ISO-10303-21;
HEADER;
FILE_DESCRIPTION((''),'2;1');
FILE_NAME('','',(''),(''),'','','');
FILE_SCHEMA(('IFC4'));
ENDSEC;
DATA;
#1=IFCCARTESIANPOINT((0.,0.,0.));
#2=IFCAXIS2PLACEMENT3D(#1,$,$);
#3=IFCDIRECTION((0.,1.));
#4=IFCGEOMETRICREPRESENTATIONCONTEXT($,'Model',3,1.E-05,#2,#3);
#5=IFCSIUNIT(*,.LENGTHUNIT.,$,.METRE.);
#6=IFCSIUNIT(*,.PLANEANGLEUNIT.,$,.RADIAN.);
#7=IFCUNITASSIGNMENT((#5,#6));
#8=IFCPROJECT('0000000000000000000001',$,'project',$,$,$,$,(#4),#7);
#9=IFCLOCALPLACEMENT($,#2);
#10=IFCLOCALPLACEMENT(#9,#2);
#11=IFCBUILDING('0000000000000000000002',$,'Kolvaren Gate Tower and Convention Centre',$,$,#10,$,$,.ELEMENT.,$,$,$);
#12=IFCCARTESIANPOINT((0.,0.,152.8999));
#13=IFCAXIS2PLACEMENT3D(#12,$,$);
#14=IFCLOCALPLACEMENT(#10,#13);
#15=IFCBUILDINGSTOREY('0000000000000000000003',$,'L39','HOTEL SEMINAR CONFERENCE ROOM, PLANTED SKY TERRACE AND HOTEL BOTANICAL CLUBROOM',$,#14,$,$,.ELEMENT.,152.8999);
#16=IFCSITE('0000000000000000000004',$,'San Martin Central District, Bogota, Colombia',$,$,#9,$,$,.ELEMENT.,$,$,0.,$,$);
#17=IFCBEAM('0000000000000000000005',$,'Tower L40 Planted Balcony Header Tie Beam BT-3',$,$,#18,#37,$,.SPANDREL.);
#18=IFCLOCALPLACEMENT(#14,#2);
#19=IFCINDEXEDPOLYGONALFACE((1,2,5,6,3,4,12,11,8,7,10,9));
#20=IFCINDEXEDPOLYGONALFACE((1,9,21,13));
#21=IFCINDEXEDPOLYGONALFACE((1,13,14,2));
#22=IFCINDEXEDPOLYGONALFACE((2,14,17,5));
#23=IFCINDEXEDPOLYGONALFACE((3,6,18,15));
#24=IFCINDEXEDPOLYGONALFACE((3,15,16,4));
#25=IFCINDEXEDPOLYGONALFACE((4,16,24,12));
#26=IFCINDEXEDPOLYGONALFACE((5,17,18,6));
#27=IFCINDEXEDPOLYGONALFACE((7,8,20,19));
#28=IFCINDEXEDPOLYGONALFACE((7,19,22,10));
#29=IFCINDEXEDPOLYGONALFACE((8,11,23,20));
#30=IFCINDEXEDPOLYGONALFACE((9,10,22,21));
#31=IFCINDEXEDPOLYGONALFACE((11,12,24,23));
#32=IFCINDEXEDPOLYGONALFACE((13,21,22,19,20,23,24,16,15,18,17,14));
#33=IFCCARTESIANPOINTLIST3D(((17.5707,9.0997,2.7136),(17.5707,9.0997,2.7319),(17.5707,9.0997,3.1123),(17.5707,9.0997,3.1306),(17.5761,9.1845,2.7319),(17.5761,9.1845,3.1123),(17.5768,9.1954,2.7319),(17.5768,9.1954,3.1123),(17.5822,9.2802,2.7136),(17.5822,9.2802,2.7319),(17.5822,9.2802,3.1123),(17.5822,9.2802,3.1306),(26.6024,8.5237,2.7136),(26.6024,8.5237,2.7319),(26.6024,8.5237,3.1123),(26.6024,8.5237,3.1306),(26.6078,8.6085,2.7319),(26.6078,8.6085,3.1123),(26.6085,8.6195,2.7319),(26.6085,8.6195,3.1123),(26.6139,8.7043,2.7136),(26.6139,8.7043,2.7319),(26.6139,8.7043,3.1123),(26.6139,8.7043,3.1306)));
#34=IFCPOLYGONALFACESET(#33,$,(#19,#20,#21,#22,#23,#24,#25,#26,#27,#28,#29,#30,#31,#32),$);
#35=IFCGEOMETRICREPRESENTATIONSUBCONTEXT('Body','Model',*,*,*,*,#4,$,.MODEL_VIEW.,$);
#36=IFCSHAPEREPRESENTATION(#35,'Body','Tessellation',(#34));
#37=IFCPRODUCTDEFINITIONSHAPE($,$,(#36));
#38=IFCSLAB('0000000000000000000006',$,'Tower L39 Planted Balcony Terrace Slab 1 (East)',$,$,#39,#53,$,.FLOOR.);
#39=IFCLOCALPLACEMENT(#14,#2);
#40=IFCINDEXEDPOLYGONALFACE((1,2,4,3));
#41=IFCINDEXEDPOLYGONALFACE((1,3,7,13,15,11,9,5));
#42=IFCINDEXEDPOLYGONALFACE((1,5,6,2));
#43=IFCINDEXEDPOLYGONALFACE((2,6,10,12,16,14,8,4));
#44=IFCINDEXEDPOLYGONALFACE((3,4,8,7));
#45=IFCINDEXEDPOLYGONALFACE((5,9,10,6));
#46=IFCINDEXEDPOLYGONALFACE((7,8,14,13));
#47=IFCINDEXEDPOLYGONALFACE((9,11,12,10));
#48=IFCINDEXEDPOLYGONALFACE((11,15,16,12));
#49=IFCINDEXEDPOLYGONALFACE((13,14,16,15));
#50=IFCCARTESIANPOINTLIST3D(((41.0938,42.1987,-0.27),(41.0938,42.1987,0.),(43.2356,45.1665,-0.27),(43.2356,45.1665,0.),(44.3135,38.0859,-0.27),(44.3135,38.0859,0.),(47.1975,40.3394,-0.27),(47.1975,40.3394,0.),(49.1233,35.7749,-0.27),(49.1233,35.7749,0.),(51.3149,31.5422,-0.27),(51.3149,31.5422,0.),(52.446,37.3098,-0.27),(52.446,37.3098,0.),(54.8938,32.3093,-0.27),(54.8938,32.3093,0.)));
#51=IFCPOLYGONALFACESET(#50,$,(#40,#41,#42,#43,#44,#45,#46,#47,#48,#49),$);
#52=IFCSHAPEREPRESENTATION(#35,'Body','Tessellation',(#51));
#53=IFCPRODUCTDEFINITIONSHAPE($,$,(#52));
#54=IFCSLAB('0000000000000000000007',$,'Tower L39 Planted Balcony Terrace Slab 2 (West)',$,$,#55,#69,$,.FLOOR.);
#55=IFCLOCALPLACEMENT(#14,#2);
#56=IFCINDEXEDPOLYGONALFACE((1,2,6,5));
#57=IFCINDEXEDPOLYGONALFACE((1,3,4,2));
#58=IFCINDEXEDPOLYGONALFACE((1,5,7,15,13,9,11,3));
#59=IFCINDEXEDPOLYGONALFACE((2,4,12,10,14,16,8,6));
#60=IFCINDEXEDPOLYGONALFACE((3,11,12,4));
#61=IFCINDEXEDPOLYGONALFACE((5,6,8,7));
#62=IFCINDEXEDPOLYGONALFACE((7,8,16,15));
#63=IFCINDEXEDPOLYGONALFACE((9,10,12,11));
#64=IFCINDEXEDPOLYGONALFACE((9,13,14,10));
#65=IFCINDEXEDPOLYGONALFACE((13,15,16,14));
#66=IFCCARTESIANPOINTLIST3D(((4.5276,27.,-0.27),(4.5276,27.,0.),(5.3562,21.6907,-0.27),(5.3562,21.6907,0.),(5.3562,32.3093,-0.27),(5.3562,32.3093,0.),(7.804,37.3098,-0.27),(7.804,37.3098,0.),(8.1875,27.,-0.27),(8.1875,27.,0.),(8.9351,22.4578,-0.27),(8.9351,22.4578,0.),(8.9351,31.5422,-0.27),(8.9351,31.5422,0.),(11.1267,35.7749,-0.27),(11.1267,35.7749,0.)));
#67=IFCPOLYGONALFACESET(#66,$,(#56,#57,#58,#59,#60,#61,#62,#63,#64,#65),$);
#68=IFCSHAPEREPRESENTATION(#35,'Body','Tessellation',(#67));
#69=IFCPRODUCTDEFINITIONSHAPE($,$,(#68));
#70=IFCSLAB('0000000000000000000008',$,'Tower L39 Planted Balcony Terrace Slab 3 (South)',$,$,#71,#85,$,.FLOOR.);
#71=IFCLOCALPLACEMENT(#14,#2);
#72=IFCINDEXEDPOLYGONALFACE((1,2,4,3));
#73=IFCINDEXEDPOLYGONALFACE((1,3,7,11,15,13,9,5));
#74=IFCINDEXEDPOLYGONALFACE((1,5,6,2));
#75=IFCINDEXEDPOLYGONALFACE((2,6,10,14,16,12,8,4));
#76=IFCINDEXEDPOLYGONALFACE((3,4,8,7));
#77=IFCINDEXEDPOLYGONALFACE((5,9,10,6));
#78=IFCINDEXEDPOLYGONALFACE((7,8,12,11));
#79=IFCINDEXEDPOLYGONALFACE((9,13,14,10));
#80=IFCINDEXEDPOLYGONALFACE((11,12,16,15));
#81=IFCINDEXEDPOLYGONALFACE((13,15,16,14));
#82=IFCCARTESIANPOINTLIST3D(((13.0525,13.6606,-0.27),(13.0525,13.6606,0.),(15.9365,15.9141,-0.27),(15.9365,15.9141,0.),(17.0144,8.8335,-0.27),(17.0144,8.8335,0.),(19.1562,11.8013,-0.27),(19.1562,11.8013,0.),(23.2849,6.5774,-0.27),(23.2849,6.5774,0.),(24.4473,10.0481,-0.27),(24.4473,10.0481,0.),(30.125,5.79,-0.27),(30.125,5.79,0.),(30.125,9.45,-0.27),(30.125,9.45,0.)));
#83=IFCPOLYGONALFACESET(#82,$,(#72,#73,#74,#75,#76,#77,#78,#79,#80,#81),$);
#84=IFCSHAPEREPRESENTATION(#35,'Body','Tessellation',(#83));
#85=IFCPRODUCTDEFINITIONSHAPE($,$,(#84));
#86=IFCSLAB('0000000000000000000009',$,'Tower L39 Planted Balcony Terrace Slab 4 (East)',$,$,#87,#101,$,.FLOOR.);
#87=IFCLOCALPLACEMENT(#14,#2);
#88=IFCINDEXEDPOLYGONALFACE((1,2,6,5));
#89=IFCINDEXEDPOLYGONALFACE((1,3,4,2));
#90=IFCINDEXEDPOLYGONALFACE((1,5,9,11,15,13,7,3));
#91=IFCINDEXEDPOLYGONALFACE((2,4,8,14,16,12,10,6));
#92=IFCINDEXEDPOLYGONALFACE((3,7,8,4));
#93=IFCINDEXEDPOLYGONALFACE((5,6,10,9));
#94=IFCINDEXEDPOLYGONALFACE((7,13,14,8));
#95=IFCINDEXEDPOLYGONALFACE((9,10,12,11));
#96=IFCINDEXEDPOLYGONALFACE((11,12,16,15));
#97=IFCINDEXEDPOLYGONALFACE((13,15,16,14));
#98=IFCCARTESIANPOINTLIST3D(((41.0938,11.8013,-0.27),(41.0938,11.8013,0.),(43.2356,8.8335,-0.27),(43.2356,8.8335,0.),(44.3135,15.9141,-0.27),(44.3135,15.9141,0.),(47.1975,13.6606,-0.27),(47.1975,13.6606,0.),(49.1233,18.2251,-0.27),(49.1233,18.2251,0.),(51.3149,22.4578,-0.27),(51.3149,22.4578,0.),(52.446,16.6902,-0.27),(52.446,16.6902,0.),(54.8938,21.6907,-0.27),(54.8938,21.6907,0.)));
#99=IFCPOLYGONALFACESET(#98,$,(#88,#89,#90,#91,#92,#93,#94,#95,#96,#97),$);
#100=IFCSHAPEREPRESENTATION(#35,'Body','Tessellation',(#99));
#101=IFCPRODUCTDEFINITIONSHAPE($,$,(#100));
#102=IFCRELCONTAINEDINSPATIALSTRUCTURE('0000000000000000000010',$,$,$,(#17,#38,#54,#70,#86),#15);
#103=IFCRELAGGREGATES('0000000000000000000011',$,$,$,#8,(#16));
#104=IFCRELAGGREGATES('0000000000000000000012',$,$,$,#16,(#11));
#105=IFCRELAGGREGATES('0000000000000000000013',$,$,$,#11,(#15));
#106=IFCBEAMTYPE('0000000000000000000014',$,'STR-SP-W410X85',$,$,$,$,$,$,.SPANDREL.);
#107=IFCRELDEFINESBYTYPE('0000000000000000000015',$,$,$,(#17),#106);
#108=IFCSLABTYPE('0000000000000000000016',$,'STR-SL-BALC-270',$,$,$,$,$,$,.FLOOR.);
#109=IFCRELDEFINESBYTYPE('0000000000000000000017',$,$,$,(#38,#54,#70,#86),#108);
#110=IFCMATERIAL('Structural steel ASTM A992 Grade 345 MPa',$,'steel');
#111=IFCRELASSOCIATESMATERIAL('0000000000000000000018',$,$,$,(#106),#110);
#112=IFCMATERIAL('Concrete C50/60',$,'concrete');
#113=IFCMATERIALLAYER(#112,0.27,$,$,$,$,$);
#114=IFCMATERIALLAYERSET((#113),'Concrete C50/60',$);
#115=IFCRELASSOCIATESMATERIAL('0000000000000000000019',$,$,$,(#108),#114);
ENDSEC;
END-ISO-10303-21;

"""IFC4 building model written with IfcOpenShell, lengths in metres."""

from ifc_helpers import new_model, si_unit, direction, frame, origin, origin_2d, place, context, subcontext, project, spatial, polyline, i_section, outline, extrude, material, layer, layer_set, material_profile, profile_set, type_object, element, save


model = new_model("IFC4")

# Units and contexts
model_context = context("Model", 3, precision=1e-05, world=origin(), true_north=direction((0.0, 1.0)))
body_context = subcontext(model_context, "Body", "Model", "MODEL_VIEW")
ifc_project = project(units=[si_unit("LENGTHUNIT", "METRE"), si_unit("PLANEANGLEUNIT", "RADIAN")], contexts=[model_context])

# Site, building, storey
site_placement = place(None, origin())
site = spatial("IfcSite", under=ifc_project, at=site_placement, Name="San Martin Central District, Bogota, Colombia", CompositionType="ELEMENT", RefElevation=0.0)
building_placement = place(site_placement, origin())
building = spatial("IfcBuilding", under=site, at=building_placement, Name="Kolvaren Gate Tower and Convention Centre", CompositionType="ELEMENT")
storey_placement = place(building_placement, frame((0.0, 0.0, 152.8999)))
storey = spatial("IfcBuildingStorey", under=building, at=storey_placement, Name="L39", Description="HOTEL SEMINAR CONFERENCE ROOM, PLANTED SKY TERRACE AND HOTEL BOTANICAL CLUBROOM", CompositionType="ELEMENT", Elevation=152.8999)

# Beam
ifc_material_1 = material(Name="Structural steel ASTM A992 Grade 345 MPa", Category="steel")
ifc_material_profile = material_profile(ifc_material_1, i_section(OverallWidth=0.1809, OverallDepth=0.417, WebThickness=0.011, FlangeThickness=0.0183, at=origin_2d()), Name="W410X85")
ifc_profile_set = profile_set([ifc_material_profile], Name="Structural steel ASTM A992 Grade 345 MPa")
beam_type = type_object("IfcBeamType", Name="STR-SP-W410X85", PredefinedType="SPANDREL", material=ifc_profile_set)
beam_placement = place(storey_placement, frame((17.5764, 9.1899, 2.9221), z_axis=(0.997973, -0.063638, 0.0), x_axis=(0.063638, 0.997973, 0.0)))
element("IfcBeam", 1, at=beam_placement, inside=storey, type_object=beam_type, Name="Tower L40 Planted Balcony Header Tie Beam BT-3", PredefinedType="SPANDREL", context=body_context, shape_type="SweptSolid", body=[
    extrude(i_section(OverallWidth=0.1809, OverallDepth=0.417, WebThickness=0.011, FlangeThickness=0.0183, at=origin_2d()), origin(), (0.0, 0.0, 1.0), 9.05),
])

# Slabs
ifc_material_2 = material(Name="Concrete C50/60", Category="concrete")
ifc_layer_1 = layer(ifc_material_2, 0.27)
ifc_layer_set_1 = layer_set([ifc_layer_1], Name="Concrete C50/60")
slab_type_1 = type_object("IfcSlabType", Name="STR-SL-BALC-270", PredefinedType="FLOOR", material=ifc_layer_set_1)
slab_1_placement = place(storey_placement, frame((0.0, 0.0, -0.27)))
element("IfcSlab", 2, at=slab_1_placement, inside=storey, type_object=slab_type_1, Name="Tower L39 Planted Balcony Terrace Slab 1 (East)", PredefinedType="FLOOR", context=body_context, shape_type="SweptSolid", body=[
    extrude(outline(polyline([(51.3149, 31.5422), (49.1233, 35.7749), (44.3135, 38.0859), (41.0938, 42.1987), (43.2356, 45.1665), (47.1975, 40.3394), (52.446, 37.3098), (54.8938, 32.3093), (51.3149, 31.5422)])), origin(), (0.0, 0.0, 1.0), 0.27),
])
slab_2_placement = place(storey_placement, frame((0.0, 0.0, -0.27)))
element("IfcSlab", 3, at=slab_2_placement, inside=storey, type_object=slab_type_1, Name="Tower L39 Planted Balcony Terrace Slab 2 (West)", PredefinedType="FLOOR", context=body_context, shape_type="SweptSolid", body=[
    extrude(outline(polyline([(11.1267, 35.7749), (8.9351, 31.5422), (8.1875, 27.0), (8.9351, 22.4578), (5.3562, 21.6907), (4.5276, 27.0), (5.3562, 32.3093), (7.804, 37.3098), (11.1267, 35.7749)])), origin(), (0.0, 0.0, 1.0), 0.27),
])
slab_3_placement = place(storey_placement, frame((0.0, 0.0, -0.27)))
element("IfcSlab", 4, at=slab_3_placement, inside=storey, type_object=slab_type_1, Name="Tower L39 Planted Balcony Terrace Slab 3 (South)", PredefinedType="FLOOR", context=body_context, shape_type="SweptSolid", body=[
    extrude(outline(polyline([(15.9365, 15.9141), (19.1562, 11.8013), (24.4473, 10.0481), (30.125, 9.45), (30.125, 5.79), (23.2849, 6.5774), (17.0144, 8.8335), (13.0525, 13.6606), (15.9365, 15.9141)])), origin(), (0.0, 0.0, 1.0), 0.27),
])
slab_4_placement = place(storey_placement, frame((0.0, 0.0, -0.27)))
element("IfcSlab", 5, at=slab_4_placement, inside=storey, type_object=slab_type_1, Name="Tower L39 Planted Balcony Terrace Slab 4 (East)", PredefinedType="FLOOR", context=body_context, shape_type="SweptSolid", body=[
    extrude(outline(polyline([(41.0938, 11.8013), (44.3135, 15.9141), (49.1233, 18.2251), (51.3149, 22.4578), (54.8938, 21.6907), (52.446, 16.6902), (47.1975, 13.6606), (43.2356, 8.8335), (41.0938, 11.8013)])), origin(), (0.0, 0.0, 1.0), 0.27),
])

save(model, "model.ifc")
